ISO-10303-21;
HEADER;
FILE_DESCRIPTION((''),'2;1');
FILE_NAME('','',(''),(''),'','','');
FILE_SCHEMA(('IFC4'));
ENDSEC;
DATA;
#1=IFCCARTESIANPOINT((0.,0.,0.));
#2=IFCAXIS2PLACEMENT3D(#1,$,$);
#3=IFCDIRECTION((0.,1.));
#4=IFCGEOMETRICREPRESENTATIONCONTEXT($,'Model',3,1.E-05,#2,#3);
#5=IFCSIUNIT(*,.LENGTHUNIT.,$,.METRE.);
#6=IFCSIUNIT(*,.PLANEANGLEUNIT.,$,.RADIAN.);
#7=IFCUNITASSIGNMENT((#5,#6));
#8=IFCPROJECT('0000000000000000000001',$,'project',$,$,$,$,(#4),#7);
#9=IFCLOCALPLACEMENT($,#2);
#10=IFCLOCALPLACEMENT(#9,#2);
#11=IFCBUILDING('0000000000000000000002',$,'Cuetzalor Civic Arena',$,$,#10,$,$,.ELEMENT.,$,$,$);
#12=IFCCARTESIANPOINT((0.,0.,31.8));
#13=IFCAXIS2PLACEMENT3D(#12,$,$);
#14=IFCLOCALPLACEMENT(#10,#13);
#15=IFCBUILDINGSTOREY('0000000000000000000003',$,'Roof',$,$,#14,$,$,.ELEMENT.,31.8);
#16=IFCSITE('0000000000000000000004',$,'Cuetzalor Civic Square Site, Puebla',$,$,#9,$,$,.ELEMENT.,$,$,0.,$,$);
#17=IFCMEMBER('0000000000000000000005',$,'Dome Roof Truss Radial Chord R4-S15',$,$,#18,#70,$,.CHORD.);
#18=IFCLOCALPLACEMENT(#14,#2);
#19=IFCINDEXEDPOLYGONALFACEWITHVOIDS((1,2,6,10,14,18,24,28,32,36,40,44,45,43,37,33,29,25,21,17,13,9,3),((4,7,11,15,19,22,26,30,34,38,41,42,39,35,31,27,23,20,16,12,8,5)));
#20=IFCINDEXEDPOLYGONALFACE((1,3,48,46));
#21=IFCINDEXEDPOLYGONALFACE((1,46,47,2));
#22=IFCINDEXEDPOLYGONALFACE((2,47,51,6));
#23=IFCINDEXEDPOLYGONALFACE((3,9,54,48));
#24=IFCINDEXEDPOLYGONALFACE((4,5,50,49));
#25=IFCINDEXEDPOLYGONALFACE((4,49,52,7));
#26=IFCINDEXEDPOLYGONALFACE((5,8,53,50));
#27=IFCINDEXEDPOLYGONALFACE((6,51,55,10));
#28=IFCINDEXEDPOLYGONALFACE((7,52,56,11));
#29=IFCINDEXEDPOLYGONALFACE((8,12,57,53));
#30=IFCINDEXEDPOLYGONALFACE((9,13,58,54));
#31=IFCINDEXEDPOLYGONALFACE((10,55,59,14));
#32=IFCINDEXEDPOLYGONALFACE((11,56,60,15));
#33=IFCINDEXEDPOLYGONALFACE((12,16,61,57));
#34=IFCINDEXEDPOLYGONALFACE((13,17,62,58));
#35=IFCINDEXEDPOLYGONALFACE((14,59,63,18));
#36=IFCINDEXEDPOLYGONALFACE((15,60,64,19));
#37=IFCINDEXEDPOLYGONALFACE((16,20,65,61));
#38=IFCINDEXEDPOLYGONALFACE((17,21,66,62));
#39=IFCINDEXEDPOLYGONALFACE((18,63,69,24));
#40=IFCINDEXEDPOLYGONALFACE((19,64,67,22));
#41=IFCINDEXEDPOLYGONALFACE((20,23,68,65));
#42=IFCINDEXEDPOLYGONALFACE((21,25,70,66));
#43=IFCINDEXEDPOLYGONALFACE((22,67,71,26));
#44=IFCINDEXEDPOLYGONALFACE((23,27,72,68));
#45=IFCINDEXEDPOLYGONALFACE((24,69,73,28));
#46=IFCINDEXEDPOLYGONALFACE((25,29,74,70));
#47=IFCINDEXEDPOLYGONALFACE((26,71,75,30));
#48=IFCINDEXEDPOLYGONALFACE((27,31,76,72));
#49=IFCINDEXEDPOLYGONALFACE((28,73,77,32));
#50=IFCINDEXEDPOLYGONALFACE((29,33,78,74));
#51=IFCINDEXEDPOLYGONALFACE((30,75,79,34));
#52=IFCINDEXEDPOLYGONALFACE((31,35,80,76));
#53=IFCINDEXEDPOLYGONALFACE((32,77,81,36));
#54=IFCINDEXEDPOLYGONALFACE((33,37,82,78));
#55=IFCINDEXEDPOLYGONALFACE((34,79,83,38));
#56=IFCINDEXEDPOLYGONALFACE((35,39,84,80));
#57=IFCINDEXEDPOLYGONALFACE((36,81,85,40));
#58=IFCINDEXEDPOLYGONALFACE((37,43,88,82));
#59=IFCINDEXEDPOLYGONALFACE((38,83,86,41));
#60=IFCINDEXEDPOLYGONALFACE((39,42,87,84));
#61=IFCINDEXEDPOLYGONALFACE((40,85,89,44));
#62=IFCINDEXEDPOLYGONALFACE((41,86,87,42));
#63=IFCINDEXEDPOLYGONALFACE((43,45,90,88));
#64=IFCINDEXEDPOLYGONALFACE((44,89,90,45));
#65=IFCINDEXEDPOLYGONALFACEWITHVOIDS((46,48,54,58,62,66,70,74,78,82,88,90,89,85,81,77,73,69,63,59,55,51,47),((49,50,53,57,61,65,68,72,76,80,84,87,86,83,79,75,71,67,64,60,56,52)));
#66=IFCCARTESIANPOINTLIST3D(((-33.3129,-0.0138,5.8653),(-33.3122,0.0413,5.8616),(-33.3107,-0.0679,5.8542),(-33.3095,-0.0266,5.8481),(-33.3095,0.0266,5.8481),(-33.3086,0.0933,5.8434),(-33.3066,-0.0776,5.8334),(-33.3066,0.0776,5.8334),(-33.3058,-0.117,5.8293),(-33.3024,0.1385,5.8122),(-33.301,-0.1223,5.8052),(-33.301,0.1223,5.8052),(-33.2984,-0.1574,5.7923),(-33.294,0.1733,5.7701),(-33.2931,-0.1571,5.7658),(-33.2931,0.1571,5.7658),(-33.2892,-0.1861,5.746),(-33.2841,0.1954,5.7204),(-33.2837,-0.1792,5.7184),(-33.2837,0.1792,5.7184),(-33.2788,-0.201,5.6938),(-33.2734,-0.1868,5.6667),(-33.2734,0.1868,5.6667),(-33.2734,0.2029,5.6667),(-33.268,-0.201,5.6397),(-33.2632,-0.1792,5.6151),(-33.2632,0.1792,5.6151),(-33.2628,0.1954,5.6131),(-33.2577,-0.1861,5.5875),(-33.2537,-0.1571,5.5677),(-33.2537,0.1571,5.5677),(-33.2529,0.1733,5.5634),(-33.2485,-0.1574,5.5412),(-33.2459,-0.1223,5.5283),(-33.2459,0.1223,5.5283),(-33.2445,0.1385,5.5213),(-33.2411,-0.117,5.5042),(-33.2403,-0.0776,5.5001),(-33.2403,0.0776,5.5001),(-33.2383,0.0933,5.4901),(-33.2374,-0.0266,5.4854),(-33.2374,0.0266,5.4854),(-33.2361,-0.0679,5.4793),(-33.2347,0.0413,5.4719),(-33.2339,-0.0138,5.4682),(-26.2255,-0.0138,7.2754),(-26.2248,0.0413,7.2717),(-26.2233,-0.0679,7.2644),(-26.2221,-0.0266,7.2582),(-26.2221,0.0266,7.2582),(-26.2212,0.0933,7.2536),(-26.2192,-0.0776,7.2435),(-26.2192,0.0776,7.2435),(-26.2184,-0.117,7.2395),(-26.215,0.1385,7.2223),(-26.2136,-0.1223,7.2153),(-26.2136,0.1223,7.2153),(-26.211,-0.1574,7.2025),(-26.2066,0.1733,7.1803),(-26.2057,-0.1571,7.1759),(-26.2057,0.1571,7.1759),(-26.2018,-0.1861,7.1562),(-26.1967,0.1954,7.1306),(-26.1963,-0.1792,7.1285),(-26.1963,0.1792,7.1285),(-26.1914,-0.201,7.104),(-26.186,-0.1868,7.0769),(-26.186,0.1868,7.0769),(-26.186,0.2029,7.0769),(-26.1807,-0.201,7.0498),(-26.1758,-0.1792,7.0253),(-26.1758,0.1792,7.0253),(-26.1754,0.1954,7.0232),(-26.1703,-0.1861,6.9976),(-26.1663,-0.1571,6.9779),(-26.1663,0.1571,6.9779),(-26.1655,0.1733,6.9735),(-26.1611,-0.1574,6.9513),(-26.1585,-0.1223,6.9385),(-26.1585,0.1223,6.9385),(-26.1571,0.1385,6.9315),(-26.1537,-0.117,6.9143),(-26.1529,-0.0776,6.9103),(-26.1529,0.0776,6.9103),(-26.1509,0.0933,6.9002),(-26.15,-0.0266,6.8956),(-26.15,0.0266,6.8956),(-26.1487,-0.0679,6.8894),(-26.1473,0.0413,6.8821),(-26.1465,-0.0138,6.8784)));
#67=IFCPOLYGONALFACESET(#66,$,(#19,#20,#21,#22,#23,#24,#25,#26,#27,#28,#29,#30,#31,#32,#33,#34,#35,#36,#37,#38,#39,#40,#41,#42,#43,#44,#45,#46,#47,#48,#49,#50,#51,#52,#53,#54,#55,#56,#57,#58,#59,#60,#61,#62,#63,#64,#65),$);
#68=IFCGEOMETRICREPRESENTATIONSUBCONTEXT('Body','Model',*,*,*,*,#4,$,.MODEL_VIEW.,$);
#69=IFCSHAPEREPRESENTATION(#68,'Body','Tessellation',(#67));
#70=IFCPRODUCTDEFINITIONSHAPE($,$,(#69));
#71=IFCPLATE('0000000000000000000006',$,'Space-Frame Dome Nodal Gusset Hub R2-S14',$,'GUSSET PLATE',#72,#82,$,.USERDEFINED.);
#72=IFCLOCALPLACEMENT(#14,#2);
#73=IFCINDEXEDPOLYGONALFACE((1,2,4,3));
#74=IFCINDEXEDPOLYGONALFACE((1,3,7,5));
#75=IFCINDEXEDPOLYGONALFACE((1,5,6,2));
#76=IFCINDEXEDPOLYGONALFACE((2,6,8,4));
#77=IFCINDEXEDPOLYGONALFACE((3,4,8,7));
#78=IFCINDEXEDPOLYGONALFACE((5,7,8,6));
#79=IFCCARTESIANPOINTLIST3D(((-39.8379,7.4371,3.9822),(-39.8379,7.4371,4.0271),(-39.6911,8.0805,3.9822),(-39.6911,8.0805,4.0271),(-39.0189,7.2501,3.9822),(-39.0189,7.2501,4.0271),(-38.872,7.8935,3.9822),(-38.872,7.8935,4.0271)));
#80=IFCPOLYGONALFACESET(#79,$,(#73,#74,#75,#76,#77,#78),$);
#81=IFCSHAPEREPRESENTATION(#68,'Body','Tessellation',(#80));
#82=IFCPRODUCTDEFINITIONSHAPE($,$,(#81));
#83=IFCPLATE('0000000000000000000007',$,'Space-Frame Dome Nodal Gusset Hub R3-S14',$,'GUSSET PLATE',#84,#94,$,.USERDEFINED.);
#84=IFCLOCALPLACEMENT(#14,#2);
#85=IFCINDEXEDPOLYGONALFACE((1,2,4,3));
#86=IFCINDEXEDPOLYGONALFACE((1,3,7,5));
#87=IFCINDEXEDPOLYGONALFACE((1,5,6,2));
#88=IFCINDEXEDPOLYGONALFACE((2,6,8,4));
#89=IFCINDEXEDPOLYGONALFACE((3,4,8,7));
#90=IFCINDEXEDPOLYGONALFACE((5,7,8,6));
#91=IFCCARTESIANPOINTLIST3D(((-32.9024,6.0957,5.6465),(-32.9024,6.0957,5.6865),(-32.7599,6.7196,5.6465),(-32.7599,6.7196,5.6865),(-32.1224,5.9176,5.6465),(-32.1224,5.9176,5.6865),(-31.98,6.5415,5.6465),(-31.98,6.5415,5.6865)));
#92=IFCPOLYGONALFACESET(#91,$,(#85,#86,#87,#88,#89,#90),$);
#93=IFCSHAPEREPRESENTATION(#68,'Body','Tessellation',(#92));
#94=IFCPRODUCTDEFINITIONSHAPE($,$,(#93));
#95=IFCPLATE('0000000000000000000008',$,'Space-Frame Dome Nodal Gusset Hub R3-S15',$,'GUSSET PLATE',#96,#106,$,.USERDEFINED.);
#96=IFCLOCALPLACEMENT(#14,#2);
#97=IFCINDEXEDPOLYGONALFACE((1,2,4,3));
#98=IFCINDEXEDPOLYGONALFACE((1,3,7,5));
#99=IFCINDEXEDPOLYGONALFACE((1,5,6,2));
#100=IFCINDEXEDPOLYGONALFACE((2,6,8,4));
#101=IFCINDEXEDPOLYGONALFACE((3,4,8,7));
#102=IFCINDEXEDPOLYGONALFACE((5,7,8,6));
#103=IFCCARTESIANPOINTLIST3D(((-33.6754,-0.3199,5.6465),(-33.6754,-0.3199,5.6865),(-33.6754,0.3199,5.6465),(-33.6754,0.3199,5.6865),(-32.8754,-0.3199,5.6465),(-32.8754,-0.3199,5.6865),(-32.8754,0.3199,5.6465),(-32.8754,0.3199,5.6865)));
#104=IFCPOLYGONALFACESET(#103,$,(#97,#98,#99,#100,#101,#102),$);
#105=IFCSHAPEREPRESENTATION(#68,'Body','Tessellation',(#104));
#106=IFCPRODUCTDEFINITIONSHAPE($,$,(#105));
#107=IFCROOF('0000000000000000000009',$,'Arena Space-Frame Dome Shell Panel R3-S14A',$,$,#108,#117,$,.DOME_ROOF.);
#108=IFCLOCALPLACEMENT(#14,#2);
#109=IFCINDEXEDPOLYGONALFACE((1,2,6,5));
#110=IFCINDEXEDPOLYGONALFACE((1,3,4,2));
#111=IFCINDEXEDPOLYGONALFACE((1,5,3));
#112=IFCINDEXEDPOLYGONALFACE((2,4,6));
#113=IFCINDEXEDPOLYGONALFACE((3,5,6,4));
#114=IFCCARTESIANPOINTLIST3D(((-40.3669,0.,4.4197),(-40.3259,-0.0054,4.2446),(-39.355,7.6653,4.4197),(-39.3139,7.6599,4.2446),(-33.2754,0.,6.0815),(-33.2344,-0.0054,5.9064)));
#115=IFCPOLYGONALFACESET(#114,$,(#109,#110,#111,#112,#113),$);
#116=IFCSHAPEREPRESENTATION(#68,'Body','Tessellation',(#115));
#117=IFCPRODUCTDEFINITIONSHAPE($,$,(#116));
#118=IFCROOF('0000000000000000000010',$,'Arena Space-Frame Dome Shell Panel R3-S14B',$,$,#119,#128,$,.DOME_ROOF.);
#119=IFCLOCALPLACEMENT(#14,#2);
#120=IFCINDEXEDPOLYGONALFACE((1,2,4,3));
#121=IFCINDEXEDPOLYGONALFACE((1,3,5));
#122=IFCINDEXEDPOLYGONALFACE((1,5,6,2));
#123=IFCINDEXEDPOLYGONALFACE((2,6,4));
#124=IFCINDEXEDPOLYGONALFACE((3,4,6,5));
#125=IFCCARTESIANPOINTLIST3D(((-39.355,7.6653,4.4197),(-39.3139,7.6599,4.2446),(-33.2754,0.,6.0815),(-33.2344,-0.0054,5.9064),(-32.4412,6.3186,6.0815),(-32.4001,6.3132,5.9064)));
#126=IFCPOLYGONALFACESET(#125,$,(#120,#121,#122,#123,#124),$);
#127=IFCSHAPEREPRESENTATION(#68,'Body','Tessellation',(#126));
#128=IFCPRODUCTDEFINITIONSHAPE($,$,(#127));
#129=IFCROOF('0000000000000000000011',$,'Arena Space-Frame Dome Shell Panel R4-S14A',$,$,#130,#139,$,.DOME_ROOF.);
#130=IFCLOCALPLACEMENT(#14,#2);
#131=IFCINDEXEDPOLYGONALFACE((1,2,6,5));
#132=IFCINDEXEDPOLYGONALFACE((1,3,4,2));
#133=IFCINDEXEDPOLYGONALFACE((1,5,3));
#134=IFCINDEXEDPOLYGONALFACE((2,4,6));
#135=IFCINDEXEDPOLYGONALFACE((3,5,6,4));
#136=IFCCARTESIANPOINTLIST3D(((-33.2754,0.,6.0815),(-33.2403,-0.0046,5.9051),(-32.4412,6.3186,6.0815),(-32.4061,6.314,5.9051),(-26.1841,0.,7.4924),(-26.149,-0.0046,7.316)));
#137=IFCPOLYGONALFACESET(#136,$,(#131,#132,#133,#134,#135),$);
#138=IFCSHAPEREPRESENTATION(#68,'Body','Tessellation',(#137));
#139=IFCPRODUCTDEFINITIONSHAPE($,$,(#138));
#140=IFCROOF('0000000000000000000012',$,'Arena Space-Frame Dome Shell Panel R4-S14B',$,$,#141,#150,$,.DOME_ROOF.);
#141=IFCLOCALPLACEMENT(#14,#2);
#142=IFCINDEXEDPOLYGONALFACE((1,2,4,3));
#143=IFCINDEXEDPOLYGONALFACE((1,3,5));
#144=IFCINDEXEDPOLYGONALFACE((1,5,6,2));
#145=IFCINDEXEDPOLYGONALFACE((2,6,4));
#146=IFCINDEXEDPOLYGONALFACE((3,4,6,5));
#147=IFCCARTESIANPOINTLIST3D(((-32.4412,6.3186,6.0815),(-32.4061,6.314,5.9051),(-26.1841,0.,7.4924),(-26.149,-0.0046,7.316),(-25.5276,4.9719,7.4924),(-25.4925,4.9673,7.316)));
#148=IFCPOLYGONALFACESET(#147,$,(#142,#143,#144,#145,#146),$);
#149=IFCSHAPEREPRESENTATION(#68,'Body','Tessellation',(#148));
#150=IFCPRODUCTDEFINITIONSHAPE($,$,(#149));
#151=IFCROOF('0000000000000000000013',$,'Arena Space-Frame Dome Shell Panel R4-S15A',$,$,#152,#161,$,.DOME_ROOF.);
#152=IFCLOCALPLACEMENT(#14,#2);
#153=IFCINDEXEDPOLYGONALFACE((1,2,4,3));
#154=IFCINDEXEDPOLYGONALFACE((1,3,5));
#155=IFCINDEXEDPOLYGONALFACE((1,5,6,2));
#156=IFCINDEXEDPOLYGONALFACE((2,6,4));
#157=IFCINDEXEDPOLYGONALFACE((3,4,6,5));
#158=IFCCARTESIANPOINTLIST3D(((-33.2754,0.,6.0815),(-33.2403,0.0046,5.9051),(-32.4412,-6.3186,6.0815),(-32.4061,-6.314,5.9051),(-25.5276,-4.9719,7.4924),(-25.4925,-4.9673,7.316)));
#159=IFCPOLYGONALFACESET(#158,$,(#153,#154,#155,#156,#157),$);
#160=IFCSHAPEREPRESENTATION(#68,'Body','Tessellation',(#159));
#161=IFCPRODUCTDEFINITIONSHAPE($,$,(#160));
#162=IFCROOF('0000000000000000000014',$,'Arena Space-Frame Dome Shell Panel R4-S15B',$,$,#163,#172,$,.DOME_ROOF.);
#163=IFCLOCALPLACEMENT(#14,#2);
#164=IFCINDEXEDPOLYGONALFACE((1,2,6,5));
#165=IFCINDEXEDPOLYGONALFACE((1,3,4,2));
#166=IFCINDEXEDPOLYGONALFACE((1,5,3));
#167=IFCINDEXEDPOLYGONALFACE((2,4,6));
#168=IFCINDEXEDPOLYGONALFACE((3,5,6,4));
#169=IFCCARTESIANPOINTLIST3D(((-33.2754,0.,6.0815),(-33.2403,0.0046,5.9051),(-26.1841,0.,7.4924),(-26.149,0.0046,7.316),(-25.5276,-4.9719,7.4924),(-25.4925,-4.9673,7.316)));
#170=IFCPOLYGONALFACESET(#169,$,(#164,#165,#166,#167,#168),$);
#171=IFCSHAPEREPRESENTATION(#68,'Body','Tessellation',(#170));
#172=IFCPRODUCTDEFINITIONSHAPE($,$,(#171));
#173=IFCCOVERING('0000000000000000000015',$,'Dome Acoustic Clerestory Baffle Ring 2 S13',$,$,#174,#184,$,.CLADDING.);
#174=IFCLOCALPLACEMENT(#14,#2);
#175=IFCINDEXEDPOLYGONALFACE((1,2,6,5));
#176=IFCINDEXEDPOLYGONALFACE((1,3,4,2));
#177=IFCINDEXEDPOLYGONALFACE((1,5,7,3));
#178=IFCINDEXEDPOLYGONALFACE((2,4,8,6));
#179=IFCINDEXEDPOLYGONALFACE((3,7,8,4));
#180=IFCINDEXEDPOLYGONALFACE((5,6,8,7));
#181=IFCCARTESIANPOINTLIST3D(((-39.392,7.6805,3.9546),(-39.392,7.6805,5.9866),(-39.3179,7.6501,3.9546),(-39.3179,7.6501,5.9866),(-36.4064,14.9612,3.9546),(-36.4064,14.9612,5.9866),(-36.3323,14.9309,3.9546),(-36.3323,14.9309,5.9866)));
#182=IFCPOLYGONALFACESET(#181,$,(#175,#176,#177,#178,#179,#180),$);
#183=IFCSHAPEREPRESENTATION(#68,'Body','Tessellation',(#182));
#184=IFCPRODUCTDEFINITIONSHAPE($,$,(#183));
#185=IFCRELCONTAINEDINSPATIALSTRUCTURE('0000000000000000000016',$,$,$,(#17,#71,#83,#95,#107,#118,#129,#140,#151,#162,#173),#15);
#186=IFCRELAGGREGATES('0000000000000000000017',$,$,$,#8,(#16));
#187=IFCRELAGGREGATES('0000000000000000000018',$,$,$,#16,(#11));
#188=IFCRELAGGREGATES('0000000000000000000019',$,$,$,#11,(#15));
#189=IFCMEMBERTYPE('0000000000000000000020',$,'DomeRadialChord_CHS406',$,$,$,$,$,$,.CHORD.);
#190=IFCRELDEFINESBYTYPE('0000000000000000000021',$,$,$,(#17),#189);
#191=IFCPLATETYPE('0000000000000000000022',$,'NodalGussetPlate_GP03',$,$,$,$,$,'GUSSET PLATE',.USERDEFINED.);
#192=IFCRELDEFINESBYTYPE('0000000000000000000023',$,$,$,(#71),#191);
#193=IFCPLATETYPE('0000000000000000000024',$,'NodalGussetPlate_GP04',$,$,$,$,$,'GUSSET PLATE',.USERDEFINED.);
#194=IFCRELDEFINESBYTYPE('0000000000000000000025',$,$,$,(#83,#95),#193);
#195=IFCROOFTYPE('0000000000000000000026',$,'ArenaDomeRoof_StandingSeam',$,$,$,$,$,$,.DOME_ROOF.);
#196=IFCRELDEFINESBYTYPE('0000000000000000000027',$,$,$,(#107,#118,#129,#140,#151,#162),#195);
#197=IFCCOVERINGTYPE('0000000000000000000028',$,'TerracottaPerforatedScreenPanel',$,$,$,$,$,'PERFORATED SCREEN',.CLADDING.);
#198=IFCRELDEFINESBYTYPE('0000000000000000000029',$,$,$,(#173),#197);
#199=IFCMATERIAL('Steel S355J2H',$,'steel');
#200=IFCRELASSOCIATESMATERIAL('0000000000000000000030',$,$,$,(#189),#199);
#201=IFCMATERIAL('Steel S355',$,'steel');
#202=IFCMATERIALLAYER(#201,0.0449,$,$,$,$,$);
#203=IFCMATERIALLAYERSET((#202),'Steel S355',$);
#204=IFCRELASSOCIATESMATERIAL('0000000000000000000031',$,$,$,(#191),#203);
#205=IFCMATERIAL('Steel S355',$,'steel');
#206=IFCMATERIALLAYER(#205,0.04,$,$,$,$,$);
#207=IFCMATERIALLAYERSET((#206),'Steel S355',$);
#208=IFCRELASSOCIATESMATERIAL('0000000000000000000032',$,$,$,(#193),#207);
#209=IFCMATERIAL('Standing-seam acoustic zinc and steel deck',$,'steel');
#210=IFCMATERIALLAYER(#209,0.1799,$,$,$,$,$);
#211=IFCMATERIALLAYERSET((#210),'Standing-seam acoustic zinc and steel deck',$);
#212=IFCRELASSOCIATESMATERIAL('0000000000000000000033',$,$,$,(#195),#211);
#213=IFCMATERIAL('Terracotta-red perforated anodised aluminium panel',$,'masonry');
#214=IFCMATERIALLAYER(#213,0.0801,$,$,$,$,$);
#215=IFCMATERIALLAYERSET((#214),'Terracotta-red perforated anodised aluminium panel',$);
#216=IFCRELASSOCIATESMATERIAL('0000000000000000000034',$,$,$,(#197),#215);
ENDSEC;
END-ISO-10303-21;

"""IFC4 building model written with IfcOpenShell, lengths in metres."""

from ifc_helpers import new_model, si_unit, direction, frame, frame_2d, origin, origin_2d, place, context, subcontext, project, spatial, polyline, rectangle, hollow_circle, outline, extrude, material, layer, layer_set, material_profile, profile_set, type_object, element, save


model = new_model("IFC4")

# Units and contexts
model_context = context("Model", 3, precision=1e-05, world=origin(), true_north=direction((0.0, 1.0)))
body_context = subcontext(model_context, "Body", "Model", "MODEL_VIEW")
ifc_project = project(units=[si_unit("LENGTHUNIT", "METRE"), si_unit("PLANEANGLEUNIT", "RADIAN")], contexts=[model_context])

# Site, building, storey
site_placement = place(None, origin())
site = spatial("IfcSite", under=ifc_project, at=site_placement, Name="Cuetzalor Civic Square Site, Puebla", CompositionType="ELEMENT", RefElevation=0.0)
building_placement = place(site_placement, origin())
building = spatial("IfcBuilding", under=site, at=building_placement, Name="Cuetzalor Civic Arena", CompositionType="ELEMENT")
storey_placement = place(building_placement, frame((0.0, 0.0, 31.8)))
storey = spatial("IfcBuildingStorey", under=building, at=storey_placement, Name="Roof", CompositionType="ELEMENT", Elevation=31.8)

# Member
ifc_material_1 = material(Name="Steel S355J2H", Category="steel")
ifc_material_profile_1 = material_profile(ifc_material_1, hollow_circle(Radius=0.2029, WallThickness=0.0161, at=origin_2d()), Name="CHS 406x16")
ifc_profile_set_1 = profile_set([ifc_material_profile_1], Name="Steel S355J2H")
member_type_1 = type_object("IfcMemberType", Name="DomeRadialChord_CHS406", PredefinedType="CHORD", material=ifc_profile_set_1)
member_1_placement = place(storey_placement, frame((-33.2734, 0.0, 5.6667), z_axis=(0.980775, 0.0, 0.195141), x_axis=(0.0, 1.0, 0.0)))
element("IfcMember", 1, at=member_1_placement, inside=storey, type_object=member_type_1, Name="Dome Roof Truss Radial Chord R4-S15", PredefinedType="CHORD", context=body_context, shape_type="SweptSolid", body=[
    extrude(hollow_circle(Radius=0.2029, WallThickness=0.0161, at=origin_2d()), origin(), (0.0, 0.0, 1.0), 7.2263),
])

# Plates
ifc_material_2 = material(Name="Steel S355", Category="steel")
ifc_layer_1 = layer(ifc_material_2, 0.0449)
ifc_layer_set_1 = layer_set([ifc_layer_1], Name="Steel S355")
plate_type_1 = type_object("IfcPlateType", Name="NodalGussetPlate_GP03", ElementType="GUSSET PLATE", PredefinedType="USERDEFINED", material=ifc_layer_set_1)
plate_placement = place(storey_placement, frame((-39.355, 7.6653, 3.9822), z_axis=(0.0, 0.0, 1.0), x_axis=(-0.974917, 0.22257, 0.0)))
element("IfcPlate", 2, at=plate_placement, inside=storey, type_object=plate_type_1, Name="Space-Frame Dome Nodal Gusset Hub R2-S14", ObjectType="GUSSET PLATE", PredefinedType="USERDEFINED", context=body_context, shape_type="SweptSolid", body=[
    extrude(rectangle(XDim=0.8401, YDim=0.6599, at=origin_2d()), origin(), (0.0, 0.0, 1.0), 0.0449),
])
ifc_material_3 = material(Name="Steel S355", Category="steel")
ifc_layer_2 = layer(ifc_material_3, 0.04)
ifc_layer_set_2 = layer_set([ifc_layer_2], Name="Steel S355")
plate_type_2 = type_object("IfcPlateType", Name="NodalGussetPlate_GP04", ElementType="GUSSET PLATE", PredefinedType="USERDEFINED", material=ifc_layer_set_2)
for number, where, z_axis, x_axis, name in (
    (3, (-32.4412, 6.3186, 5.6465), (0.0, 0.0, 1.0), (-0.974917, 0.22257, 0.0), "Space-Frame Dome Nodal Gusset Hub R3-S14"),
    (4, (-33.2754, 0.0, 5.6465), (0.0, 0.0, 1.0), (-1.0, 0.0, 0.0), "Space-Frame Dome Nodal Gusset Hub R3-S15"),
):
    element("IfcPlate", number, at=place(storey_placement, frame(where, z_axis=z_axis, x_axis=x_axis)), inside=storey, type_object=plate_type_2, Name=name, ObjectType="GUSSET PLATE", PredefinedType="USERDEFINED", context=body_context, shape_type="SweptSolid", body=[
        extrude(rectangle(XDim=0.8, YDim=0.6399, at=origin_2d()), origin(), (0.0, 0.0, 1.0), 0.04),
    ])

# Roofs
ifc_material_4 = material(Name="Standing-seam acoustic zinc and steel deck", Category="steel")
ifc_layer_3 = layer(ifc_material_4, 0.1799)
ifc_layer_set_3 = layer_set([ifc_layer_3], Name="Standing-seam acoustic zinc and steel deck")
roof_type = type_object("IfcRoofType", Name="ArenaDomeRoof_StandingSeam", PredefinedType="DOME_ROOF", material=ifc_layer_set_3)
roof_1_placement = place(storey_placement, frame((-39.355, 7.6653, 4.4197), z_axis=(-0.22806, 0.030108, 0.973182), x_axis=(-0.130883, -0.991398, 0.0)))
element("IfcRoof", 5, at=roof_1_placement, inside=storey, type_object=roof_type, Name="Arena Space-Frame Dome Shell Panel R3-S14A", PredefinedType="DOME_ROOF", context=body_context, shape_type="SweptSolid", body=[
    extrude(outline(polyline([(0.0, 0.0), (7.7318, 0.0), (6.8036, 7.2243), (0.0, 0.0)])), origin(), (0.0, 0.0, -1.0), 0.1799),
])
roof_2_placement = place(storey_placement, frame((-39.355, 7.6653, 4.4197), z_axis=(-0.228058, 0.03011, 0.973182), x_axis=(0.612634, -0.772422, 0.167464)))
element("IfcRoof", 6, at=roof_2_placement, inside=storey, type_object=roof_type, Name="Arena Space-Frame Dome Shell Panel R3-S14B", PredefinedType="DOME_ROOF", context=body_context, shape_type="SweptSolid", body=[
    extrude(outline(polyline([(0.0, 0.0), (9.9237, 0.0), (5.5541, 4.6398), (0.0, 0.0)])), origin(), (0.0, 0.0, -1.0), 0.1799),
])
roof_3_placement = place(storey_placement, frame((-32.4412, 6.3186, 6.0815), z_axis=(-0.195071, 0.025755, 0.980451), x_axis=(-0.130891, -0.991397, 0.0)))
element("IfcRoof", 7, at=roof_3_placement, inside=storey, type_object=roof_type, Name="Arena Space-Frame Dome Shell Panel R4-S14A", PredefinedType="DOME_ROOF", context=body_context, shape_type="SweptSolid", body=[
    extrude(outline(polyline([(0.0, 0.0), (6.3734, 0.0), (5.4452, 7.1705), (0.0, 0.0)])), origin(), (0.0, 0.0, -1.0), 0.1799),
])
roof_4_placement = place(storey_placement, frame((-32.4412, 6.3186, 6.0815), z_axis=(-0.195069, 0.025757, 0.980451), x_axis=(0.694946, -0.701779, 0.156701)))
element("IfcRoof", 8, at=roof_4_placement, inside=storey, type_object=roof_type, Name="Arena Space-Frame Dome Shell Panel R4-S14B", PredefinedType="DOME_ROOF", context=body_context, shape_type="SweptSolid", body=[
    extrude(outline(polyline([(0.0, 0.0), (9.0037, 0.0), (5.9707, 3.994), (0.0, 0.0)])), origin(), (0.0, 0.0, -1.0), 0.1799),
])
roof_5_placement = place(storey_placement, frame((-33.2754, 0.0, 6.0815), z_axis=(-0.195069, -0.025754, 0.980451), x_axis=(0.130891, -0.991397, 0.0)))
element("IfcRoof", 9, at=roof_5_placement, inside=storey, type_object=roof_type, Name="Arena Space-Frame Dome Shell Panel R4-S15A", PredefinedType="DOME_ROOF", context=body_context, shape_type="SweptSolid", body=[
    extrude(outline(polyline([(0.0, 0.0), (6.3734, 0.0), (5.9433, 7.1705), (0.0, 0.0)])), origin(), (0.0, 0.0, -1.0), 0.1799),
])
roof_6_placement = place(storey_placement, frame((-33.2754, 0.0, 6.0815), z_axis=(-0.195071, -0.025757, 0.980451), x_axis=(0.8319, -0.533847, 0.15149)))
element("IfcRoof", 10, at=roof_6_placement, inside=storey, type_object=roof_type, Name="Arena Space-Frame Dome Shell Panel R4-S15B", PredefinedType="DOME_ROOF", context=body_context, shape_type="SweptSolid", body=[
    extrude(outline(polyline([(0.0, 0.0), (9.3134, 0.0), (6.113, 3.8612), (0.0, 0.0)])), origin(), (0.0, 0.0, -1.0), 0.1799),
])

# Covering
ifc_material_5 = material(Name="Terracotta-red perforated anodised aluminium panel", Category="masonry")
ifc_layer_4 = layer(ifc_material_5, 0.0801)
ifc_layer_set_4 = layer_set([ifc_layer_4], Name="Terracotta-red perforated anodised aluminium panel")
covering_type = type_object("IfcCoveringType", Name="TerracottaPerforatedScreenPanel", ElementType="PERFORATED SCREEN", PredefinedType="CLADDING", material=ifc_layer_set_4)
covering_1_placement = place(storey_placement, frame((-39.355, 7.6653, 3.9546), z_axis=(0.0, 0.0, 1.0), x_axis=(0.379406, 0.92523, 0.0)))
element("IfcCovering", 11, at=covering_1_placement, inside=storey, type_object=covering_type, Name="Dome Acoustic Clerestory Baffle Ring 2 S13", PredefinedType="CLADDING", context=body_context, shape_type="SweptSolid", body=[
    extrude(rectangle(XDim=7.8691, YDim=0.0801, at=frame_2d((3.9346, 0.0))), origin(), (0.0, 0.0, 1.0), 2.032),
])

save(model, "model.ifc")
